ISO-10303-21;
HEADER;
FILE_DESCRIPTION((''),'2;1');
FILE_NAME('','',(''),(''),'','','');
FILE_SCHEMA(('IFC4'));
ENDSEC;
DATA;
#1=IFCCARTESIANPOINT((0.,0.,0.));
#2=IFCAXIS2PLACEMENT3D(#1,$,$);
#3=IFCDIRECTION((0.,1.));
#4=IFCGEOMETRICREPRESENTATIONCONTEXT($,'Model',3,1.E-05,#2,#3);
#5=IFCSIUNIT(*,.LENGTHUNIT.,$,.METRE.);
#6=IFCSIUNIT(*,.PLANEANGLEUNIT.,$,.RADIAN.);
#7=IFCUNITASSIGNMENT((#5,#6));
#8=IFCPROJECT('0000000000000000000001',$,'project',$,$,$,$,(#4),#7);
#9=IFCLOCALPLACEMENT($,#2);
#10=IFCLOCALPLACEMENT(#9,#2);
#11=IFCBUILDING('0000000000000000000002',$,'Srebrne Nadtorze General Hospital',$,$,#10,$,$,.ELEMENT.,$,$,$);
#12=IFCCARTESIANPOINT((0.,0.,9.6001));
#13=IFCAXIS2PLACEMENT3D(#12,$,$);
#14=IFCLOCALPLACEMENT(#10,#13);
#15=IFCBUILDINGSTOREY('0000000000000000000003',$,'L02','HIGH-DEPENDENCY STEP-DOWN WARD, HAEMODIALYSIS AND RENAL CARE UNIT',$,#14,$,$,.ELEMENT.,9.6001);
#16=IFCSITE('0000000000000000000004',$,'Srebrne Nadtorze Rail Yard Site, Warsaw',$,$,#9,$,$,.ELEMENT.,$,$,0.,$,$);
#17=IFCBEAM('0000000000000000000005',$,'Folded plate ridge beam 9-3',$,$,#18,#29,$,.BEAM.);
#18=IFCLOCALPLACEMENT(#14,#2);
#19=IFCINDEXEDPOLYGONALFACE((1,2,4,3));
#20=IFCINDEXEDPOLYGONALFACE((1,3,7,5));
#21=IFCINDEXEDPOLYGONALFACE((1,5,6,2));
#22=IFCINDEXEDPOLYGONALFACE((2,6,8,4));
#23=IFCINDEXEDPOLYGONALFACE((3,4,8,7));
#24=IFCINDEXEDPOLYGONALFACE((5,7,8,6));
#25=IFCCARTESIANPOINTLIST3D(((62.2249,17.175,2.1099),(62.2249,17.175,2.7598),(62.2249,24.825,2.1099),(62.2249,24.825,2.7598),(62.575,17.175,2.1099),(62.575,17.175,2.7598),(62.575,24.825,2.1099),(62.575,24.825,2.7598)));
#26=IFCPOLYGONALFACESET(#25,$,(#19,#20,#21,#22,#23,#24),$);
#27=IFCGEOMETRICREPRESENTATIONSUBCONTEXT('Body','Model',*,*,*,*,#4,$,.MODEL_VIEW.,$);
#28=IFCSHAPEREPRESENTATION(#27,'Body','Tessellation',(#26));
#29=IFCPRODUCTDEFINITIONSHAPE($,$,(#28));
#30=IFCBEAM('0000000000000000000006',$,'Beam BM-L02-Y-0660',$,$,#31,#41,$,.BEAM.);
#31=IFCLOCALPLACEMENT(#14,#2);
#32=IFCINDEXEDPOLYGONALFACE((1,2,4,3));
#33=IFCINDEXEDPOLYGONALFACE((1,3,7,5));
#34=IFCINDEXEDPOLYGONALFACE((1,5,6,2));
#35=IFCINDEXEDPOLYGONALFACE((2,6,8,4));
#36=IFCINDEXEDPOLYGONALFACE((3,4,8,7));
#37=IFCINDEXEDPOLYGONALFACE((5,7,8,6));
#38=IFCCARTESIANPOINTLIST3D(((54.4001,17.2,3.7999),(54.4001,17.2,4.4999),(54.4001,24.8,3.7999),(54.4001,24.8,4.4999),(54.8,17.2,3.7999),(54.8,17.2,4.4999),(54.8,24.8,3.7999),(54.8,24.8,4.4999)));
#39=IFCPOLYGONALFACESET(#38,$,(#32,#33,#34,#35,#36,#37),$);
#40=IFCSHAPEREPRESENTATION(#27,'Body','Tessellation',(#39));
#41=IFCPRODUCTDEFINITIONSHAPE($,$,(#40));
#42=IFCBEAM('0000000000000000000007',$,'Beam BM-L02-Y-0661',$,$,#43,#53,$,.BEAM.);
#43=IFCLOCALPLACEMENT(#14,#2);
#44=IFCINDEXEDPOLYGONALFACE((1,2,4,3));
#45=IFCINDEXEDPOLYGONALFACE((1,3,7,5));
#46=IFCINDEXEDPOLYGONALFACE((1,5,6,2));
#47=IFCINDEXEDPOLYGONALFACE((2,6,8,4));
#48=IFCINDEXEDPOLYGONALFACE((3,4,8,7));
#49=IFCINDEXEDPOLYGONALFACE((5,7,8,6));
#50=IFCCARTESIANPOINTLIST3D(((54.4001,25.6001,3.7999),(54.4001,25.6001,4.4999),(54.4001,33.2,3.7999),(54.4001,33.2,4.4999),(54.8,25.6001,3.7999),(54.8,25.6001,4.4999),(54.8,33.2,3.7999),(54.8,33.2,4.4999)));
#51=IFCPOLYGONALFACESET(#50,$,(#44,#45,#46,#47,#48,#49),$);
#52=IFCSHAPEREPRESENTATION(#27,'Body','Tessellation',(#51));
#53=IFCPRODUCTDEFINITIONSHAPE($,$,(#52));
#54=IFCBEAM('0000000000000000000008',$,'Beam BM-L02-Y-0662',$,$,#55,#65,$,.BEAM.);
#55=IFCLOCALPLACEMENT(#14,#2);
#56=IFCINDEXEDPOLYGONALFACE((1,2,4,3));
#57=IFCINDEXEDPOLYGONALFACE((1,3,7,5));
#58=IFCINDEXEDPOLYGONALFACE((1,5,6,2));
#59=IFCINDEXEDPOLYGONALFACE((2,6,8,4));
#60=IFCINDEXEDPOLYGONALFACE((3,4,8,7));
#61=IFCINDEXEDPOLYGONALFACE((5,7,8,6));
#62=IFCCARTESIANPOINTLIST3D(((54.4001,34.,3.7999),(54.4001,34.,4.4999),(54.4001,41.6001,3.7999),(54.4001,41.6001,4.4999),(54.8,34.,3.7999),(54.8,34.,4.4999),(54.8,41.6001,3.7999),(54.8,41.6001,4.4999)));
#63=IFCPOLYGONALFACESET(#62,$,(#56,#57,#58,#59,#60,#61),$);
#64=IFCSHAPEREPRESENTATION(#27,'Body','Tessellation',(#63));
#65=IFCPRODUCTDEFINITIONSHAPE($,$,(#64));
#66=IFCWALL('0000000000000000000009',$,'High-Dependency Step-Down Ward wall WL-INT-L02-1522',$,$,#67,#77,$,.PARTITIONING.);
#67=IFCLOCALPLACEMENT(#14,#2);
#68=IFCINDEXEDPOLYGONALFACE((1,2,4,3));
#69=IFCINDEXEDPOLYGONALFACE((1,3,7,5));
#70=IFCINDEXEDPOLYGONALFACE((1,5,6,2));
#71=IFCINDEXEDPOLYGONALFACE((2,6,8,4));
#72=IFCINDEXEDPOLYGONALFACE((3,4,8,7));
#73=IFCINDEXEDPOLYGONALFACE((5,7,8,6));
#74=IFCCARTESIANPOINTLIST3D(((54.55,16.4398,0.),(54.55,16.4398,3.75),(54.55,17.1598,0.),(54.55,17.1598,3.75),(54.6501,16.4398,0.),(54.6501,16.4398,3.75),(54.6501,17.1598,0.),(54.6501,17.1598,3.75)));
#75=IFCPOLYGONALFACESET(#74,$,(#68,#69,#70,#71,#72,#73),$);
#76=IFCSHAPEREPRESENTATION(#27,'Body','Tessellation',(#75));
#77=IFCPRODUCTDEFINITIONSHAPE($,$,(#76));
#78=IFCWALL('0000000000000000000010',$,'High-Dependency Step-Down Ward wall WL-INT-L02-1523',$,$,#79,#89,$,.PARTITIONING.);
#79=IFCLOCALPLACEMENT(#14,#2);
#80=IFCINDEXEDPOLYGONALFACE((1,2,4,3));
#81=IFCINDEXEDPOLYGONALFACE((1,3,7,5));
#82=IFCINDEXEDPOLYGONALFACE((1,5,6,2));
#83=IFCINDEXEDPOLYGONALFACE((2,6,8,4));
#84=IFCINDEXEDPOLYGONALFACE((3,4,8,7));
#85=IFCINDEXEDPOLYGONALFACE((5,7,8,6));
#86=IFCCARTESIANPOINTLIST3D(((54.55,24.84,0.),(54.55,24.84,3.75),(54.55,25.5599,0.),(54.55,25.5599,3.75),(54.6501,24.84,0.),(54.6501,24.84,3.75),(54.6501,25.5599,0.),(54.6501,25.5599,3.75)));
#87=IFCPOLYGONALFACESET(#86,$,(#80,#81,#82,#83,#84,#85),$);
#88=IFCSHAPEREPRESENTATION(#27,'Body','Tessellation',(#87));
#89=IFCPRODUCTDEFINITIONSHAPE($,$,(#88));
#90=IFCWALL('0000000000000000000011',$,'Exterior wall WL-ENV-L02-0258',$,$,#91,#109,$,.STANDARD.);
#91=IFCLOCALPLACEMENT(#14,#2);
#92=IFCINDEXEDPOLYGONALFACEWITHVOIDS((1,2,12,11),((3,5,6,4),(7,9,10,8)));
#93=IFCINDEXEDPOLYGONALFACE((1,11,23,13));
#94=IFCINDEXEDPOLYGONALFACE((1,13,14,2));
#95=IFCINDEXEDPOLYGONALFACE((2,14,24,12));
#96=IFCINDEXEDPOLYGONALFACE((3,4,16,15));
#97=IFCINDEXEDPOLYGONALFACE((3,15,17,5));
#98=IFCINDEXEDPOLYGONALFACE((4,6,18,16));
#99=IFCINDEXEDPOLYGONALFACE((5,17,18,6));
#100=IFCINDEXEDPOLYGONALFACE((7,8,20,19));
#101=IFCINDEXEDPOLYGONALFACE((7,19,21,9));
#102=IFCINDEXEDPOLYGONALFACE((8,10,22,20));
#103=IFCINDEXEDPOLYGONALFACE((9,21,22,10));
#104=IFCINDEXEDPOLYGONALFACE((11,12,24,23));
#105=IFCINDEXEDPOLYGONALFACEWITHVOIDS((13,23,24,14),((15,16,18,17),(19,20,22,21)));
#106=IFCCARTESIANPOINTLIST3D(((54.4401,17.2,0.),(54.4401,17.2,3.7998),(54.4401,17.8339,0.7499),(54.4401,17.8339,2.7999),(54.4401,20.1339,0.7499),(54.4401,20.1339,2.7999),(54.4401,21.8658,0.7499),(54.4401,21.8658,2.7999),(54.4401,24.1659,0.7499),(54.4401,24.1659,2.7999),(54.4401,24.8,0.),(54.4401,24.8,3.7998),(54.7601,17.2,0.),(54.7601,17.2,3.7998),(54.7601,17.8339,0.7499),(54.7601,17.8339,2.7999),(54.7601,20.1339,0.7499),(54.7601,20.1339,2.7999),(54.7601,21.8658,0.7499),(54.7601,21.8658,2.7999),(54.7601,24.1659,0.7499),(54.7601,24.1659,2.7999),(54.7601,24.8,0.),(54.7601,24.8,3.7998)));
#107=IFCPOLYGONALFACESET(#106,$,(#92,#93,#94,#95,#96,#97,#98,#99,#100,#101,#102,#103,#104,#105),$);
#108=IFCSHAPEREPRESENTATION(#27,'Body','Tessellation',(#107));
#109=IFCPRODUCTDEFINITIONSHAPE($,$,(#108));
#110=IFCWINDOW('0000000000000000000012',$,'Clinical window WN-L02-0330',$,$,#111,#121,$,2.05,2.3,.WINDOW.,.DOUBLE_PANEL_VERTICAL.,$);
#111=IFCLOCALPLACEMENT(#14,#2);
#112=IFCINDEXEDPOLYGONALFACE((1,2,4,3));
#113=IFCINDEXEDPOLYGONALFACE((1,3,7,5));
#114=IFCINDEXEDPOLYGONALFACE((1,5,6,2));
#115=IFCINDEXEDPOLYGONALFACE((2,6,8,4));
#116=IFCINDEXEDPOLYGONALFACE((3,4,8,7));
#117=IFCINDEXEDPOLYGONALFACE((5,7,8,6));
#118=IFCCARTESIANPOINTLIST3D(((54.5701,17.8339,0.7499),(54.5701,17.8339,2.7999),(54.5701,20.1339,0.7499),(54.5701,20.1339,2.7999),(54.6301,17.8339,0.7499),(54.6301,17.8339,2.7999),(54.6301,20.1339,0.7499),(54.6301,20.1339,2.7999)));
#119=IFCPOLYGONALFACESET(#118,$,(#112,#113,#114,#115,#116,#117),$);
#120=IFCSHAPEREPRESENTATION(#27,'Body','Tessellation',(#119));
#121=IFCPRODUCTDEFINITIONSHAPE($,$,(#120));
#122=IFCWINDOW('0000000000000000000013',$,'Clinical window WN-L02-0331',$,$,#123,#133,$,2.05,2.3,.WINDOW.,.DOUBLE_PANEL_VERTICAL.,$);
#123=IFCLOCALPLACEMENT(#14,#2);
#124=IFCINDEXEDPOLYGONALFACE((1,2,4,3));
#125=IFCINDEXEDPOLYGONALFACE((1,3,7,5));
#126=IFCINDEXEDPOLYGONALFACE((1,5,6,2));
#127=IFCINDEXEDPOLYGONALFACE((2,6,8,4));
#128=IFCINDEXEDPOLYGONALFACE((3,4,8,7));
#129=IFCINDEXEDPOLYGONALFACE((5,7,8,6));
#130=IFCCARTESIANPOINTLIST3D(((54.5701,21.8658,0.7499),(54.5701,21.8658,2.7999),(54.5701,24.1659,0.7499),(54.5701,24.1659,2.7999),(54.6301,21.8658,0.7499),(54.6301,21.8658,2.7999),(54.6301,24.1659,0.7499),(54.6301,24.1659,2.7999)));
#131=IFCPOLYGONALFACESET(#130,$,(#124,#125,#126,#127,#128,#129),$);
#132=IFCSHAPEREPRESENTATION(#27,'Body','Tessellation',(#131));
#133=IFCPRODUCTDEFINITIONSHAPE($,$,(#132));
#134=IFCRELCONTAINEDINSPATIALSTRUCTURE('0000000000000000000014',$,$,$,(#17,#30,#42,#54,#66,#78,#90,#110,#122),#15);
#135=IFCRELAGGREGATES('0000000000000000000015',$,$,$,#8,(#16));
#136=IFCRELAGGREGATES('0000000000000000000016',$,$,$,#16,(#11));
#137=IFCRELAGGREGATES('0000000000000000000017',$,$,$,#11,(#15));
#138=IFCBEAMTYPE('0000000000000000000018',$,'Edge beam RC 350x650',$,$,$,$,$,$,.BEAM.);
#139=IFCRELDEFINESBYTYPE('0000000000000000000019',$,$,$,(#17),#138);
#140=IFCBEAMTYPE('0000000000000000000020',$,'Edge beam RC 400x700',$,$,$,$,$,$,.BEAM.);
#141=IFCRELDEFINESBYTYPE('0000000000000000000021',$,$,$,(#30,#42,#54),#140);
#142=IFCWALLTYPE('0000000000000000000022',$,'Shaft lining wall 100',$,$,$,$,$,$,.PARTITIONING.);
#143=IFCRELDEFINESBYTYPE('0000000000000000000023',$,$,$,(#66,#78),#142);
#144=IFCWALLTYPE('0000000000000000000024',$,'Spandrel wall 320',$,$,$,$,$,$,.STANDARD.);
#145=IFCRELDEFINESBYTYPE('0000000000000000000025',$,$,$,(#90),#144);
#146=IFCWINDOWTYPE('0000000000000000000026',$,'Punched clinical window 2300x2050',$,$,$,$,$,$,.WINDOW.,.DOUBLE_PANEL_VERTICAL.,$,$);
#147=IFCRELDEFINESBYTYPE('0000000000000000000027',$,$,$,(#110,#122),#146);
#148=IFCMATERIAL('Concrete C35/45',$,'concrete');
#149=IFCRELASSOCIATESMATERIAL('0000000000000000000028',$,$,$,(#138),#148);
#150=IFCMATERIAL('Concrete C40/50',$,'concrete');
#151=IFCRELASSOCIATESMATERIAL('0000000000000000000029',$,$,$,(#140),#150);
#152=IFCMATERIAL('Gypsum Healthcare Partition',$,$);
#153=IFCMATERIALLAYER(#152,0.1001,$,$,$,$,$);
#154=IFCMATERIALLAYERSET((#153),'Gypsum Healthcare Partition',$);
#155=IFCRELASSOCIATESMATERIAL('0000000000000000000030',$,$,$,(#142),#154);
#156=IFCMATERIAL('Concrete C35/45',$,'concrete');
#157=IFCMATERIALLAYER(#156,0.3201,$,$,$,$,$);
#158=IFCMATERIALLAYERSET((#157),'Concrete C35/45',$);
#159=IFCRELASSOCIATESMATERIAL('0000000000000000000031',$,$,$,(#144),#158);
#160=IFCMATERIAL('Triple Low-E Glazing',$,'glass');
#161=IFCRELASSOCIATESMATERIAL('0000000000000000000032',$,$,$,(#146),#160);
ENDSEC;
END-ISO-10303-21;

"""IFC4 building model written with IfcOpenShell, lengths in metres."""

from ifc_helpers import new_model, si_unit, direction, frame, frame_2d, origin, origin_2d, place, context, subcontext, project, spatial, rectangle, extrude, material, layer, layer_set, material_profile, profile_set, type_object, element, fill, save


model = new_model("IFC4")

# Units and contexts
model_context = context("Model", 3, precision=1e-05, world=origin(), true_north=direction((0.0, 1.0)))
body_context = subcontext(model_context, "Body", "Model", "MODEL_VIEW")
ifc_project = project(units=[si_unit("LENGTHUNIT", "METRE"), si_unit("PLANEANGLEUNIT", "RADIAN")], contexts=[model_context])

# Site, building, storey
site_placement = place(None, origin())
site = spatial("IfcSite", under=ifc_project, at=site_placement, Name="Srebrne Nadtorze Rail Yard Site, Warsaw", CompositionType="ELEMENT", RefElevation=0.0)
building_placement = place(site_placement, origin())
building = spatial("IfcBuilding", under=site, at=building_placement, Name="Srebrne Nadtorze General Hospital", CompositionType="ELEMENT")
storey_placement = place(building_placement, frame((0.0, 0.0, 9.6001)))
storey = spatial("IfcBuildingStorey", under=building, at=storey_placement, Name="L02", Description="HIGH-DEPENDENCY STEP-DOWN WARD, HAEMODIALYSIS AND RENAL CARE UNIT", CompositionType="ELEMENT", Elevation=9.6001)

# Beams
ifc_material_1 = material(Name="Concrete C35/45", Category="concrete")
ifc_material_profile_1 = material_profile(ifc_material_1, rectangle(XDim=0.3501, YDim=0.6499, at=origin_2d()), Name="RC-BM-350x650")
ifc_profile_set_1 = profile_set([ifc_material_profile_1], Name="Concrete C35/45")
beam_type_1 = type_object("IfcBeamType", Name="Edge beam RC 350x650", PredefinedType="BEAM", material=ifc_profile_set_1)
beam_1_placement = place(storey_placement, frame((62.3999, 17.175, 2.4348), z_axis=(0.0, 1.0, 0.0), x_axis=(-1.0, 0.0, 0.0)))
element("IfcBeam", 1, at=beam_1_placement, inside=storey, type_object=beam_type_1, Name="Folded plate ridge beam 9-3", PredefinedType="BEAM", context=body_context, shape_type="SweptSolid", body=[
    extrude(rectangle(XDim=0.3501, YDim=0.6499, at=origin_2d()), origin(), (0.0, 0.0, 1.0), 7.6499),
])
ifc_material_2 = material(Name="Concrete C40/50", Category="concrete")
ifc_material_profile_2 = material_profile(ifc_material_2, rectangle(XDim=0.3999, YDim=0.7, at=origin_2d()), Name="RC-BM-400x700")
ifc_profile_set_2 = profile_set([ifc_material_profile_2], Name="Concrete C40/50")
beam_type_2 = type_object("IfcBeamType", Name="Edge beam RC 400x700", PredefinedType="BEAM", material=ifc_profile_set_2)
beam_2_placement = place(storey_placement, frame((54.6001, 17.2, 4.1499), z_axis=(0.0, 1.0, 0.0), x_axis=(-1.0, 0.0, 0.0)))
element("IfcBeam", 2, at=beam_2_placement, inside=storey, type_object=beam_type_2, Name="Beam BM-L02-Y-0660", PredefinedType="BEAM", context=body_context, shape_type="SweptSolid", body=[
    extrude(rectangle(XDim=0.3999, YDim=0.7, at=origin_2d()), origin(), (0.0, 0.0, 1.0), 7.6001),
])
beam_3_placement = place(storey_placement, frame((54.6001, 25.6001, 4.1499), z_axis=(0.0, 1.0, 0.0), x_axis=(-1.0, 0.0, 0.0)))
element("IfcBeam", 3, at=beam_3_placement, inside=storey, type_object=beam_type_2, Name="Beam BM-L02-Y-0661", PredefinedType="BEAM", context=body_context, shape_type="SweptSolid", body=[
    extrude(rectangle(XDim=0.3999, YDim=0.7, at=origin_2d()), origin(), (0.0, 0.0, 1.0), 7.5999),
])
beam_4_placement = place(storey_placement, frame((54.6001, 34.0, 4.1499), z_axis=(0.0, 1.0, 0.0), x_axis=(-1.0, 0.0, 0.0)))
element("IfcBeam", 4, at=beam_4_placement, inside=storey, type_object=beam_type_2, Name="Beam BM-L02-Y-0662", PredefinedType="BEAM", context=body_context, shape_type="SweptSolid", body=[
    extrude(rectangle(XDim=0.3999, YDim=0.7, at=origin_2d()), origin(), (0.0, 0.0, 1.0), 7.6001),
])

# Walls
ifc_material_3 = material(Name="Gypsum Healthcare Partition")
ifc_layer_1 = layer(ifc_material_3, 0.1001)
ifc_layer_set_1 = layer_set([ifc_layer_1], Name="Gypsum Healthcare Partition")
wall_type_1 = type_object("IfcWallType", Name="Shaft lining wall 100", PredefinedType="PARTITIONING", material=ifc_layer_set_1)
for number, where, z_axis, x_axis, name in (
    (5, (54.6001, 16.4399, 0.0), (0.0, 0.0, 1.0), (0.0, 1.0, 0.0), "High-Dependency Step-Down Ward wall WL-INT-L02-1522"),
    (6, (54.6001, 24.8401, 0.0), (0.0, 0.0, 1.0), (0.0, 1.0, 0.0), "High-Dependency Step-Down Ward wall WL-INT-L02-1523"),
):
    element("IfcWall", number, at=place(storey_placement, frame(where, z_axis=z_axis, x_axis=x_axis)), inside=storey, type_object=wall_type_1, Name=name, PredefinedType="PARTITIONING", context=body_context, shape_type="SweptSolid", body=[
        extrude(rectangle(XDim=0.72, YDim=0.1001, at=frame_2d((0.3599, 0.0))), origin(), (0.0, 0.0, 1.0), 3.75),
    ])

# Wall, openings, windows
ifc_material_4 = material(Name="Concrete C35/45", Category="concrete")
ifc_layer_2 = layer(ifc_material_4, 0.3201)
ifc_layer_set_2 = layer_set([ifc_layer_2], Name="Concrete C35/45")
wall_type_2 = type_object("IfcWallType", Name="Spandrel wall 320", PredefinedType="STANDARD", material=ifc_layer_set_2)
wall_1_placement = place(storey_placement, frame((54.6001, 17.2, 0.0), z_axis=(0.0, 0.0, 1.0), x_axis=(0.0, 1.0, 0.0)))
wall_1 = element("IfcWall", 7, at=wall_1_placement, inside=storey, type_object=wall_type_2, Name="Exterior wall WL-ENV-L02-0258", PredefinedType="STANDARD", context=body_context, shape_type="SweptSolid", body=[
    extrude(rectangle(XDim=7.6001, YDim=0.3201, at=frame_2d((3.8, 0.0))), origin(), (0.0, 0.0, 1.0), 3.7998),
])
opening_1_placement = place(wall_1_placement, frame((0.634, 0.0, 0.75)))
opening_1 = element("IfcOpeningElement", 8, at=opening_1_placement, cuts=wall_1, PredefinedType="OPENING", context=body_context, shape_type="SweptSolid", body=[
    extrude(rectangle(XDim=2.3, YDim=2.05, at=frame_2d((1.1499, 1.0249))), frame((0.0, 0.1719, 0.0), z_axis=(0.0, -1.0, 0.0), x_axis=(1.0, 0.0, 0.0)), (0.0, 0.0, 1.0), 0.344),
])
opening_2_placement = place(wall_1_placement, frame((4.666, 0.0, 0.75)))
opening_2 = element("IfcOpeningElement", 9, at=opening_2_placement, cuts=wall_1, PredefinedType="OPENING", context=body_context, shape_type="SweptSolid", body=[
    extrude(rectangle(XDim=2.3, YDim=2.05, at=frame_2d((1.1499, 1.0249))), frame((0.0, 0.1719, 0.0), z_axis=(0.0, -1.0, 0.0), x_axis=(1.0, 0.0, 0.0)), (0.0, 0.0, 1.0), 0.344),
])
ifc_material_5 = material(Name="Triple Low-E Glazing", Category="glass")
window_type_1 = type_object("IfcWindowType", Name="Punched clinical window 2300x2050", PartitioningType="DOUBLE_PANEL_VERTICAL", PredefinedType="WINDOW", material=ifc_material_5)
window_1_placement = place(opening_1_placement, origin())
window_1 = element("IfcWindow", 10, at=window_1_placement, inside=storey, type_object=window_type_1, Name="Clinical window WN-L02-0330", OverallHeight=2.05, OverallWidth=2.3, PartitioningType="DOUBLE_PANEL_VERTICAL", PredefinedType="WINDOW", context=body_context, shape_type="SweptSolid", body=[
    extrude(rectangle(XDim=2.3, YDim=2.05, at=frame_2d((1.1499, 1.0249))), frame((0.0, 0.03, 0.0), z_axis=(0.0, -1.0, 0.0), x_axis=(1.0, 0.0, 0.0)), (0.0, 0.0, 1.0), 0.0601),
])
fill(opening_1, window_1)
window_2_placement = place(opening_2_placement, origin())
window_2 = element("IfcWindow", 11, at=window_2_placement, inside=storey, type_object=window_type_1, Name="Clinical window WN-L02-0331", OverallHeight=2.05, OverallWidth=2.3, PartitioningType="DOUBLE_PANEL_VERTICAL", PredefinedType="WINDOW", context=body_context, shape_type="SweptSolid", body=[
    extrude(rectangle(XDim=2.3, YDim=2.05, at=frame_2d((1.1499, 1.0249))), frame((0.0, 0.03, 0.0), z_axis=(0.0, -1.0, 0.0), x_axis=(1.0, 0.0, 0.0)), (0.0, 0.0, 1.0), 0.0601),
])
fill(opening_2, window_2)

save(model, "model.ifc")
